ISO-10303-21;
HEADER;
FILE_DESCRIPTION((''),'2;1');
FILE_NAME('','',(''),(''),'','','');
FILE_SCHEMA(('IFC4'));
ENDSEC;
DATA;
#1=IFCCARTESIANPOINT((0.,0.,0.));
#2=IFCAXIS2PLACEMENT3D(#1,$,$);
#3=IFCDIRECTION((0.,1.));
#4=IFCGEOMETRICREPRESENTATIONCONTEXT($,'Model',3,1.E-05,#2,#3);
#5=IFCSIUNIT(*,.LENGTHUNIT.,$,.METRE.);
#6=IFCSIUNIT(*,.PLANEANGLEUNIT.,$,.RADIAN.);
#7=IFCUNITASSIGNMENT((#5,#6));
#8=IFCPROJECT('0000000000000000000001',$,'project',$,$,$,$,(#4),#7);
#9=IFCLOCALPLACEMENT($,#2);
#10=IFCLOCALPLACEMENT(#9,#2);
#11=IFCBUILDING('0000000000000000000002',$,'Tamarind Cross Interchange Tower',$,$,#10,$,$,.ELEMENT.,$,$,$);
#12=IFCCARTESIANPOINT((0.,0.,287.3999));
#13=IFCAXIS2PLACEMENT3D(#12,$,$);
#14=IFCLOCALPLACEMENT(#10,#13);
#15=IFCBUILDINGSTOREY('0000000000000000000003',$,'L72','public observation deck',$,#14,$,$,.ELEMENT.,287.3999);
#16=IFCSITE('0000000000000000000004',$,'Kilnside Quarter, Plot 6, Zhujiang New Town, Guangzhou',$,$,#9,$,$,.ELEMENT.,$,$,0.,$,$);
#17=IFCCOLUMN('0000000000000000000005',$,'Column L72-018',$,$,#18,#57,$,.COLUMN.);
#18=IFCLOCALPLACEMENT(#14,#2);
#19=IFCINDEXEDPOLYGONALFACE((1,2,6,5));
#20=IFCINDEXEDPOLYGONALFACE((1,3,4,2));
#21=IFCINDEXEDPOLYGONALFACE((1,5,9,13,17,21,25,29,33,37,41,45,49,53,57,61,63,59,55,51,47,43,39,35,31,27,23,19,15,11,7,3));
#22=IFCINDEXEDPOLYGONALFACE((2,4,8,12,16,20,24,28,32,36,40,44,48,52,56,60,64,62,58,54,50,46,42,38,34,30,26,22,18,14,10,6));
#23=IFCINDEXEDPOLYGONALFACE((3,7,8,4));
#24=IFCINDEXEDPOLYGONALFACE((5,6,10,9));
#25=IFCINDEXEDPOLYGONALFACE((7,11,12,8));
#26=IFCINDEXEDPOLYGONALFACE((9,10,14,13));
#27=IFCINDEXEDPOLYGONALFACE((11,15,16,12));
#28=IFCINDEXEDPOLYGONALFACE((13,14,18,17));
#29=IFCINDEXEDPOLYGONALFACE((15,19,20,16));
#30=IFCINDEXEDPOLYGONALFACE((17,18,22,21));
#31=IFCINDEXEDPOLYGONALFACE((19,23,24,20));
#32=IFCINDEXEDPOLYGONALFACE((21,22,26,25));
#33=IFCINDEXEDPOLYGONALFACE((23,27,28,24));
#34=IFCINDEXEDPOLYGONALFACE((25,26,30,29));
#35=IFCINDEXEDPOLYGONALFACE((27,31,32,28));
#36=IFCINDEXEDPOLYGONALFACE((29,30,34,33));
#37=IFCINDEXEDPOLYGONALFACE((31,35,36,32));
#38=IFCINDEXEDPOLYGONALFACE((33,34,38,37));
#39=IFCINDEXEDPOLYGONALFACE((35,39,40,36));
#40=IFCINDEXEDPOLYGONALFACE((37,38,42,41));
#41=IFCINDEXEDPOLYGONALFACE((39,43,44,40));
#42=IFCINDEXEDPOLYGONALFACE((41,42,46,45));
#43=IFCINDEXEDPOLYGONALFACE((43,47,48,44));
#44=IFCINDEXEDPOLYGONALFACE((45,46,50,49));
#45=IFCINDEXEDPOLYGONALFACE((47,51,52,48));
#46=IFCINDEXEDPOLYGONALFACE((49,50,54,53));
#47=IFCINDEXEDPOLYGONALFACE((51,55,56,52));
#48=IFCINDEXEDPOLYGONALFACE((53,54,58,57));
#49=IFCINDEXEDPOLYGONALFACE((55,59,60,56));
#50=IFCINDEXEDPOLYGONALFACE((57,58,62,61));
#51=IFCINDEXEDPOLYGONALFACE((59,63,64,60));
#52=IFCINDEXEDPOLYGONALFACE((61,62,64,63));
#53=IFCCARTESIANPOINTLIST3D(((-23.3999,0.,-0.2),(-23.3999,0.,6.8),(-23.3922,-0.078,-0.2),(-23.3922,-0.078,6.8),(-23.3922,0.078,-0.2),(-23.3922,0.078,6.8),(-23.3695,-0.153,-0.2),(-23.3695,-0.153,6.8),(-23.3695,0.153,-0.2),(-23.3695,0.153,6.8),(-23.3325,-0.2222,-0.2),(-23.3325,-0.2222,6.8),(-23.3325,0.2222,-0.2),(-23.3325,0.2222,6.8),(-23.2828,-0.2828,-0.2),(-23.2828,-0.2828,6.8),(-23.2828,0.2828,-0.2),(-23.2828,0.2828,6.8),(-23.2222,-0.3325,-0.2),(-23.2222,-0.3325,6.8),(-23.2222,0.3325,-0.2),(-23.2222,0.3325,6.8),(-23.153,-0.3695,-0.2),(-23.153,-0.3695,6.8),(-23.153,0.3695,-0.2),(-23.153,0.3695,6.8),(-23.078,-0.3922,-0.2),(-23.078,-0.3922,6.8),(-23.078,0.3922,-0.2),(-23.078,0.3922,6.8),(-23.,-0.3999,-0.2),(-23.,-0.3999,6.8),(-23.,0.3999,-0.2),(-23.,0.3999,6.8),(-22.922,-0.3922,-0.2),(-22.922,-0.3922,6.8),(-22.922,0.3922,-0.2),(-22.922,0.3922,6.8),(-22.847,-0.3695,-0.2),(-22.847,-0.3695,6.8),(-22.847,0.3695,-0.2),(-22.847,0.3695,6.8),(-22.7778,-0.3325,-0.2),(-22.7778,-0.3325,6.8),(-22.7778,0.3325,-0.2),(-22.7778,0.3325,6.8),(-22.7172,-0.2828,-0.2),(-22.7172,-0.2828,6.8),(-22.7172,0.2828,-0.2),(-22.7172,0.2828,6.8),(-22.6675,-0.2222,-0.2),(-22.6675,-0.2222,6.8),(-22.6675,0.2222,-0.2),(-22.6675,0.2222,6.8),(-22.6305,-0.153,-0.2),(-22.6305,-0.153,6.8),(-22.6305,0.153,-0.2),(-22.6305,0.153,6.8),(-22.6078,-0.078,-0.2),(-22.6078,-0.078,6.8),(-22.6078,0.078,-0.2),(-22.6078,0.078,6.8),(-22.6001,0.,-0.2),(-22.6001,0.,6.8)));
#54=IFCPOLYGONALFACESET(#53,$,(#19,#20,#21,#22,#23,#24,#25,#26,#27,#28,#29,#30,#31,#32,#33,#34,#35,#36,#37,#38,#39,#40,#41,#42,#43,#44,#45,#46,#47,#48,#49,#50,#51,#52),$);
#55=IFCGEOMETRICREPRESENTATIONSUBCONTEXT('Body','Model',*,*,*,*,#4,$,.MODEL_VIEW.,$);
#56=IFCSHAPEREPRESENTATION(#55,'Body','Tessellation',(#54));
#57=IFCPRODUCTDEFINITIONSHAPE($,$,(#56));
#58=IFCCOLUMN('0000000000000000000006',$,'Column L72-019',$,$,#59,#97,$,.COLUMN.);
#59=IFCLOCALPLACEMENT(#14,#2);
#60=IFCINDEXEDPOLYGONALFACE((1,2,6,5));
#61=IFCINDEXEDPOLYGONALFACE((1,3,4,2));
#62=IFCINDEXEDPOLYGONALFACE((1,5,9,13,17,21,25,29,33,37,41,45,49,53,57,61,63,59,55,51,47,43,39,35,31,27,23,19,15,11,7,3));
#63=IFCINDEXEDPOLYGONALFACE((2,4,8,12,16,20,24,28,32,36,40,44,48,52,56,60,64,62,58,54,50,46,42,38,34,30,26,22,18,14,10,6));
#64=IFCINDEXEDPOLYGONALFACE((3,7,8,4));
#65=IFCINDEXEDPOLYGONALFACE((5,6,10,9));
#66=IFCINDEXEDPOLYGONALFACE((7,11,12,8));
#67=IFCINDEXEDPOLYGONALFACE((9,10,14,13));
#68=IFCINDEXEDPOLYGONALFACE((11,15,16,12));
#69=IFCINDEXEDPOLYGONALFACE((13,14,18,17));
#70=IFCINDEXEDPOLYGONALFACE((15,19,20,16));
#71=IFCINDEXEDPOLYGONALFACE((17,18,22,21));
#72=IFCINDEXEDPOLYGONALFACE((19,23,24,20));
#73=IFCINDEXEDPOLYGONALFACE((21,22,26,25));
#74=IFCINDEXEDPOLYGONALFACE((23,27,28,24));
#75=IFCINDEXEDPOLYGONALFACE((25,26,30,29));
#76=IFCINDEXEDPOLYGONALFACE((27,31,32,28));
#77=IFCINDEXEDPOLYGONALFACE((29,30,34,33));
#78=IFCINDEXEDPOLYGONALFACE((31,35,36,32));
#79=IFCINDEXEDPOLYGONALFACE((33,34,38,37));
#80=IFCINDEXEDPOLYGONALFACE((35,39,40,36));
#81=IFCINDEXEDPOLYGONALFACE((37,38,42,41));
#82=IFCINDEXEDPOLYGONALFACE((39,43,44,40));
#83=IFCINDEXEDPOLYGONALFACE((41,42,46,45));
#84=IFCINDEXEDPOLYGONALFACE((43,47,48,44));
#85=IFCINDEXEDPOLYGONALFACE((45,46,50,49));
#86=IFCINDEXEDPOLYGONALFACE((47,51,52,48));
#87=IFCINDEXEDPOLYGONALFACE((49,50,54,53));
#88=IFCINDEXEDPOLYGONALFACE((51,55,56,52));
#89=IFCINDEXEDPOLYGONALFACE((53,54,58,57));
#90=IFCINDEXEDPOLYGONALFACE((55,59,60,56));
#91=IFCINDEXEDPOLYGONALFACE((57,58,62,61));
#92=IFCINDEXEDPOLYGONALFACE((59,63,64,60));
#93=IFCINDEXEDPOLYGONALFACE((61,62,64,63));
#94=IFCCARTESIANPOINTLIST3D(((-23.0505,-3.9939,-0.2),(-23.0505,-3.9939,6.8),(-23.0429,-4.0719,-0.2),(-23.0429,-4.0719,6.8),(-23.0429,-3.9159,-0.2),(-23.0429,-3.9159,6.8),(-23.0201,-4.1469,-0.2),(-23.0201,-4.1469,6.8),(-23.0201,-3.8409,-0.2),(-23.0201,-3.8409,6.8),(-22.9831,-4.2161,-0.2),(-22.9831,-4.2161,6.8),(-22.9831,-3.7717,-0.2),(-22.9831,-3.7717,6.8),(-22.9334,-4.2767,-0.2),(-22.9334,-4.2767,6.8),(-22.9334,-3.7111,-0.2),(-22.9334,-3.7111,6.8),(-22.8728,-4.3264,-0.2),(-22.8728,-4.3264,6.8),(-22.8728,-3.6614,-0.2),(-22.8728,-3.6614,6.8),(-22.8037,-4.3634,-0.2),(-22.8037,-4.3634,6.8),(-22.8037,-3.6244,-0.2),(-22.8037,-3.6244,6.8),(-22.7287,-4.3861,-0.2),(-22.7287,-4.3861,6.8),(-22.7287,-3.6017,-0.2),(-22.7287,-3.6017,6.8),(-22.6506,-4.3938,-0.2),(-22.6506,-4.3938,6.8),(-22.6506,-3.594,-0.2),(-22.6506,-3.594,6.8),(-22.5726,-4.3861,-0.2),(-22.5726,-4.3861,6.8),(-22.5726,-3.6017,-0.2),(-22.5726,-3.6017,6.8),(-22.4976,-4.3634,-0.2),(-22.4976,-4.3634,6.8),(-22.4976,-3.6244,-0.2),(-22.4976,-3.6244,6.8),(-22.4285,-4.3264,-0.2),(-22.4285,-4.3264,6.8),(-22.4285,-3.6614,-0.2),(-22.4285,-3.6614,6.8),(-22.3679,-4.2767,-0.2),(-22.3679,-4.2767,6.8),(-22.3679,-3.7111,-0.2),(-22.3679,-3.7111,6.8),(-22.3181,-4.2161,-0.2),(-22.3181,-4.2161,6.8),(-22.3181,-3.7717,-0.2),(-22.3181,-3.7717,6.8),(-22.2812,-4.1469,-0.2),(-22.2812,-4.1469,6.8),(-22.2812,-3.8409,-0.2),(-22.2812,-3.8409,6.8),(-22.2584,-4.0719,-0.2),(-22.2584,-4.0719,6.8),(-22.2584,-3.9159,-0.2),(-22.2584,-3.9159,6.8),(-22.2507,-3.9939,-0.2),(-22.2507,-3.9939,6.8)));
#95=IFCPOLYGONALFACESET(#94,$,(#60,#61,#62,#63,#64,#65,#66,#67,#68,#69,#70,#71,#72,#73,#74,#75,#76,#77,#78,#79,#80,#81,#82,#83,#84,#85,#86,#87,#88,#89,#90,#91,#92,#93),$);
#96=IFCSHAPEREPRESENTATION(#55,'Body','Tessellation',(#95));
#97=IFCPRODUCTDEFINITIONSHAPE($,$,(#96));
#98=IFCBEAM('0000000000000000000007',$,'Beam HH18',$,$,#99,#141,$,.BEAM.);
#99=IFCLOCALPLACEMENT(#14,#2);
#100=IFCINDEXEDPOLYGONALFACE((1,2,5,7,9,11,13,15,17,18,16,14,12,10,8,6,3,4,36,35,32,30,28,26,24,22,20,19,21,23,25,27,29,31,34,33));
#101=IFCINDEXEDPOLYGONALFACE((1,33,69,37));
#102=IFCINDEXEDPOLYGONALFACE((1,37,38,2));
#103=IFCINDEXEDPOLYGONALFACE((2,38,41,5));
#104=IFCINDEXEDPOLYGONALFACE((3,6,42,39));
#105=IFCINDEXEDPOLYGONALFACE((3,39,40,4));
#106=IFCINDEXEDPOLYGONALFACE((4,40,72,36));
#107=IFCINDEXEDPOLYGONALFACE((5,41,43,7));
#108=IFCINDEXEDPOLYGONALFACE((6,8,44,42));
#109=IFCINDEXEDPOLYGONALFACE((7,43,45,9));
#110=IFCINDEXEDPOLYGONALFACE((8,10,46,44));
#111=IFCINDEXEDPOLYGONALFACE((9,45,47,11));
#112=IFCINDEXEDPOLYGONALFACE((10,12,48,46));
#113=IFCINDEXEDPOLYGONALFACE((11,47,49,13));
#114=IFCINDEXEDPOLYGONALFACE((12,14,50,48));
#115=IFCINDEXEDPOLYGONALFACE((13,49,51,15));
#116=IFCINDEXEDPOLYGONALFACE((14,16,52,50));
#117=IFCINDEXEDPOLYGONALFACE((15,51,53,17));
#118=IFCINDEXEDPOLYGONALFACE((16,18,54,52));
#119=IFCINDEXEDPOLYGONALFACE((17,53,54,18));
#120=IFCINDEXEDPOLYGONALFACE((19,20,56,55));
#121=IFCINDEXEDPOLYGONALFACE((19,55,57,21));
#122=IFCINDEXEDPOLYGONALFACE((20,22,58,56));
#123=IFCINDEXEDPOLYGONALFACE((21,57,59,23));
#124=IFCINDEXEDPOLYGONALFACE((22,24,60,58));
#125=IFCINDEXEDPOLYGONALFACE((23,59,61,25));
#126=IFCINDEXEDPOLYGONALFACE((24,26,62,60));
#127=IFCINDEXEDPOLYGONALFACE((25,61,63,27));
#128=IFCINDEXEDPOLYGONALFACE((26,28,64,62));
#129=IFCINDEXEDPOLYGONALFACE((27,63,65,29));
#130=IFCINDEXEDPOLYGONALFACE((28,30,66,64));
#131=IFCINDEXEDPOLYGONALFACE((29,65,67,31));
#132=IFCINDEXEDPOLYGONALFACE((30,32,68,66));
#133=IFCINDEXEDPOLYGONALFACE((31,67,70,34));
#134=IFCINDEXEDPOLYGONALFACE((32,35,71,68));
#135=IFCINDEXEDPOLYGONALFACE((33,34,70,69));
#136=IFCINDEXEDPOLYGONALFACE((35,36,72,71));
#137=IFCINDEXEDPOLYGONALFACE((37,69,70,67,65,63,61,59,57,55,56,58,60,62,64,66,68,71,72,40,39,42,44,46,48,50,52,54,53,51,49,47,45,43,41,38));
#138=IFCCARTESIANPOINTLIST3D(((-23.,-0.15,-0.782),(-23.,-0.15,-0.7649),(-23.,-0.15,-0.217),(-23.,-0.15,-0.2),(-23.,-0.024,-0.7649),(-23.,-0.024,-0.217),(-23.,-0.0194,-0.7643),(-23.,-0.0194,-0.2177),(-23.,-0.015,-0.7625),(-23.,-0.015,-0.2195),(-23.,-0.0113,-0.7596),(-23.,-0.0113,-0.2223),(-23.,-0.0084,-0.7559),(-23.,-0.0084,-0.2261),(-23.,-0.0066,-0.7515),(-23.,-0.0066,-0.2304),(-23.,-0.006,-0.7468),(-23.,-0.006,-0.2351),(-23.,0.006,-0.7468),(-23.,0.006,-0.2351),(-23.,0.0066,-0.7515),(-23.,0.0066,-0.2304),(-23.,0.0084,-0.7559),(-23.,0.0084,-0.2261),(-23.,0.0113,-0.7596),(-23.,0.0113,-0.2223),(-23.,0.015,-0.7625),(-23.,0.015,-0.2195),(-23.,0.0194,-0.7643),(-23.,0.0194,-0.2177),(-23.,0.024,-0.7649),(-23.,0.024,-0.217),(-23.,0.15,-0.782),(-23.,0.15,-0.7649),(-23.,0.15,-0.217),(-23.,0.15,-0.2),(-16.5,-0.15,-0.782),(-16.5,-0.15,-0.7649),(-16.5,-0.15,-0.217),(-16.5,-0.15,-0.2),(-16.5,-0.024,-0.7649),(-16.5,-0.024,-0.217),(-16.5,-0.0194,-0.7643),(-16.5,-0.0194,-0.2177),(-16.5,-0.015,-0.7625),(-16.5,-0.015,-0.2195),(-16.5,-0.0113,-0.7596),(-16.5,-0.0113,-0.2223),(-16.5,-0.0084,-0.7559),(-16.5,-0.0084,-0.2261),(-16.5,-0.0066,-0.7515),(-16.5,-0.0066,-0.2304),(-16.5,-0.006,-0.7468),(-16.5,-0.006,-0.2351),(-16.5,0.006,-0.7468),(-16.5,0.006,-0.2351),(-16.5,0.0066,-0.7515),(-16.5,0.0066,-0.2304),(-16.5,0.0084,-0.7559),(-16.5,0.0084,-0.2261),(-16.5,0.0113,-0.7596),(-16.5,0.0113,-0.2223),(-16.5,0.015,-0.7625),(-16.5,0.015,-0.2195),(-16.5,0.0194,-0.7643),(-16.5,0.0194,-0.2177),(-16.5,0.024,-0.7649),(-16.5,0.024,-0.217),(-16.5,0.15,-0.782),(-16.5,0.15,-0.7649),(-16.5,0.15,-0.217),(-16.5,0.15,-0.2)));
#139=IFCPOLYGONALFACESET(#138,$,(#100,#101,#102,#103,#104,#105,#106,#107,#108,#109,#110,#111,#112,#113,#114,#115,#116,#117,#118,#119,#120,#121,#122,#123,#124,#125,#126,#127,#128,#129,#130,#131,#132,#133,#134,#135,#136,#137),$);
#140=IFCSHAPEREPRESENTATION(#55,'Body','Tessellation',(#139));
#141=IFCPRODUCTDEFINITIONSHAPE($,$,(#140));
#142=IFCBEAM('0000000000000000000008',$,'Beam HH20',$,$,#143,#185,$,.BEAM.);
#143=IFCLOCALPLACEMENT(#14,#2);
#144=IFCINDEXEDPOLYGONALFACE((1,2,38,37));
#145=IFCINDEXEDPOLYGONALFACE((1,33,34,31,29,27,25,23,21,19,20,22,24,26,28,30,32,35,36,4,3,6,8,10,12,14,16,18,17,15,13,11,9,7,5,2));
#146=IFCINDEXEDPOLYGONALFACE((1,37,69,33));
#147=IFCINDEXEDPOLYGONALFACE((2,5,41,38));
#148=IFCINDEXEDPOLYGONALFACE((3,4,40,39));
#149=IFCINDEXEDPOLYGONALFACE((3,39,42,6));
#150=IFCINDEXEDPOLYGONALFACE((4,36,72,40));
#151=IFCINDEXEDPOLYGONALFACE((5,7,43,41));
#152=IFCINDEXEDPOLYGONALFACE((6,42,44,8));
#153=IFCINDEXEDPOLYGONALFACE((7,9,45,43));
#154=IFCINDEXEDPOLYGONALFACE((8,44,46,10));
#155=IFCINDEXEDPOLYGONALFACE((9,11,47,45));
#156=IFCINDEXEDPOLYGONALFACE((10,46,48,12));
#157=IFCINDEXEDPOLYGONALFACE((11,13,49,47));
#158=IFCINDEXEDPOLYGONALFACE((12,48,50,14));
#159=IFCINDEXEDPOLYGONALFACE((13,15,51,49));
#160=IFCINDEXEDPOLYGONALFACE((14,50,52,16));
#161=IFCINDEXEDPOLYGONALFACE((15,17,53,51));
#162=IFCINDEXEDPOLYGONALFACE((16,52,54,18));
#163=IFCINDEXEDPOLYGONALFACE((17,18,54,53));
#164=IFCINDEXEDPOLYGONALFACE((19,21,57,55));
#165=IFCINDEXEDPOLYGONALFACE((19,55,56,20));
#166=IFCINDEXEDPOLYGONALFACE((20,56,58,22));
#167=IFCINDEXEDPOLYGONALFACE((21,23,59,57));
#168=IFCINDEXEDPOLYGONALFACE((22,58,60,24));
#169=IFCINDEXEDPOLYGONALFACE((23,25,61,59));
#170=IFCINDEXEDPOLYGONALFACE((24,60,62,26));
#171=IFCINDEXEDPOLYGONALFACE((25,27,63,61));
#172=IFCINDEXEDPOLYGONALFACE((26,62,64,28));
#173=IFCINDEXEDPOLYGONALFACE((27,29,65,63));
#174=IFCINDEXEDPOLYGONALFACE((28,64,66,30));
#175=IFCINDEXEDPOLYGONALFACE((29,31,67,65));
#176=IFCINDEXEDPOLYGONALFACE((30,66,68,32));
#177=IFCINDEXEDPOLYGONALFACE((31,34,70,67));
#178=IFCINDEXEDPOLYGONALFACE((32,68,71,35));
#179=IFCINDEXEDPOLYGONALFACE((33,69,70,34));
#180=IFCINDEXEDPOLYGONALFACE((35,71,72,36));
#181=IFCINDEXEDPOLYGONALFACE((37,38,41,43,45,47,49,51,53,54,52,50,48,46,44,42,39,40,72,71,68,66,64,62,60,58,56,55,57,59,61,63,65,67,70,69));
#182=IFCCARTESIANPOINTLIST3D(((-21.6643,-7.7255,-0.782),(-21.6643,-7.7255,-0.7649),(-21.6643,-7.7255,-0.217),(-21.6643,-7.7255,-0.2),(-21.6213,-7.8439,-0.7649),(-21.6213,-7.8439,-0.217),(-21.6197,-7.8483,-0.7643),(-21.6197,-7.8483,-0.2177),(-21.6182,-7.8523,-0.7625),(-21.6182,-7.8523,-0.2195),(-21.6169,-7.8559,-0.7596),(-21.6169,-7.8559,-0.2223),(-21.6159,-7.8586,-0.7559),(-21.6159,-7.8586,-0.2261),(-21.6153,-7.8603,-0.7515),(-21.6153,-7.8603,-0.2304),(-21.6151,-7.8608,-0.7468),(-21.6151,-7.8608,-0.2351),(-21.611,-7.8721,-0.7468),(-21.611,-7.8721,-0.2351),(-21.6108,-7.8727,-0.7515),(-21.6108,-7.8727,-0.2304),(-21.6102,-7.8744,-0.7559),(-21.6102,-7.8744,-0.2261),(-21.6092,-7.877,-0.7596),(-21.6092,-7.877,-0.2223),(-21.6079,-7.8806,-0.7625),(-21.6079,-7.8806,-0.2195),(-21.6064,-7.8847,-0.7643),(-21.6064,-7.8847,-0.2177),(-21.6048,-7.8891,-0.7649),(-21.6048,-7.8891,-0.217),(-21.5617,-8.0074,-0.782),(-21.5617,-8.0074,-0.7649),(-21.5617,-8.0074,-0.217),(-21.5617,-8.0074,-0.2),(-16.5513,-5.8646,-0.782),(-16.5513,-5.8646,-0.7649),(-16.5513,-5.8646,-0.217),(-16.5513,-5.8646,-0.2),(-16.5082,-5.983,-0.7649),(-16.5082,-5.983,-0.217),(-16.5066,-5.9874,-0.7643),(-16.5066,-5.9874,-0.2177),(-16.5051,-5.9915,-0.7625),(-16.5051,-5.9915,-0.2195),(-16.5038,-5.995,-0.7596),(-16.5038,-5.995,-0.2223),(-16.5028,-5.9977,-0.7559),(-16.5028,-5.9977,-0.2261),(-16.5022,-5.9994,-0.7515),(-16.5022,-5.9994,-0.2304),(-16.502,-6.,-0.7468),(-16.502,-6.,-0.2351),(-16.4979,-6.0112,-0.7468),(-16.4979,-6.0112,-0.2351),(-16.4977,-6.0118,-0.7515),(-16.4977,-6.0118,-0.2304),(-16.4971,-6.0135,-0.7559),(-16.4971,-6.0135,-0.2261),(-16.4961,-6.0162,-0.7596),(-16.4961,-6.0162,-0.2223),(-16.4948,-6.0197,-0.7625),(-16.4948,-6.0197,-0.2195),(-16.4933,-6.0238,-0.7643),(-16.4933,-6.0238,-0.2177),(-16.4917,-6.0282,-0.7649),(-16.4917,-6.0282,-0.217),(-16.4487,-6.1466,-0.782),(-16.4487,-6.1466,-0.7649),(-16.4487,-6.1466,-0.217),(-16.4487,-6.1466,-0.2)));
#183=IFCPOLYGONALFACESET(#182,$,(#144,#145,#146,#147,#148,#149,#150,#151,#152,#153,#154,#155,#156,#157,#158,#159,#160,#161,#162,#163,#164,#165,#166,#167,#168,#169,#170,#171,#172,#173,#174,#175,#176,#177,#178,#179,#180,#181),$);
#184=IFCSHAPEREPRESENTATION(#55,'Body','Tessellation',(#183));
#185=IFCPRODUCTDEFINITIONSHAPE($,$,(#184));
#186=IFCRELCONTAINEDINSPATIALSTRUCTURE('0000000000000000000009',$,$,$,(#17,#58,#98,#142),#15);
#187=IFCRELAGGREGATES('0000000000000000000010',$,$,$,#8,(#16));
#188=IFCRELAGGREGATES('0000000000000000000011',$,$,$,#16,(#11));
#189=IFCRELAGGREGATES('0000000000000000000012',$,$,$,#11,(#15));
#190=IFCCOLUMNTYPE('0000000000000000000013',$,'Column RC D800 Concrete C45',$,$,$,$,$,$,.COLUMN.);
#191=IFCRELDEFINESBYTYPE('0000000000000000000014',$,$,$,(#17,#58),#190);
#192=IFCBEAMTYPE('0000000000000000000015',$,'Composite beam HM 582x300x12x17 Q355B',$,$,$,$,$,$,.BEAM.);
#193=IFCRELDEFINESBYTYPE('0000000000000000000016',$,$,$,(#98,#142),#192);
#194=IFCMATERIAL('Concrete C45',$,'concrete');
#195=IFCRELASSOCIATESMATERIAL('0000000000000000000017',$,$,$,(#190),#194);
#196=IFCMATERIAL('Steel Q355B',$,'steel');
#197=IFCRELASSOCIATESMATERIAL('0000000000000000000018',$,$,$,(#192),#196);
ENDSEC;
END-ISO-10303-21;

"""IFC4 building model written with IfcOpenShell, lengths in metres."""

from ifc_helpers import new_model, si_unit, direction, frame, origin, origin_2d, place, context, subcontext, project, spatial, circle, i_section, extrude, material, material_profile, profile_set, type_object, element, save


model = new_model("IFC4")

# Units and contexts
model_context = context("Model", 3, precision=1e-05, world=origin(), true_north=direction((0.0, 1.0)))
body_context = subcontext(model_context, "Body", "Model", "MODEL_VIEW")
ifc_project = project(units=[si_unit("LENGTHUNIT", "METRE"), si_unit("PLANEANGLEUNIT", "RADIAN")], contexts=[model_context])

# Site, building, storey
site_placement = place(None, origin())
site = spatial("IfcSite", under=ifc_project, at=site_placement, Name="Kilnside Quarter, Plot 6, Zhujiang New Town, Guangzhou", CompositionType="ELEMENT", RefElevation=0.0)
building_placement = place(site_placement, origin())
building = spatial("IfcBuilding", under=site, at=building_placement, Name="Tamarind Cross Interchange Tower", CompositionType="ELEMENT")
storey_placement = place(building_placement, frame((0.0, 0.0, 287.3999)))
storey = spatial("IfcBuildingStorey", under=building, at=storey_placement, Name="L72", Description="public observation deck", CompositionType="ELEMENT", Elevation=287.3999)

# Columns
ifc_material_1 = material(Name="Concrete C45", Category="concrete")
ifc_material_profile_1 = material_profile(ifc_material_1, circle(Radius=0.3999, at=origin_2d()), Name="RC D800")
ifc_profile_set_1 = profile_set([ifc_material_profile_1], Name="Concrete C45")
column_type = type_object("IfcColumnType", Name="Column RC D800 Concrete C45", PredefinedType="COLUMN", material=ifc_profile_set_1)
for number, where, z_axis, x_axis, name in (
    (1, (-23.0, 0.0, -0.2), (0.0, 0.0, 1.0), (1.0, 0.0, 0.0), "Column L72-018"),
    (2, (-22.6506, -3.9939, -0.2), (0.0, 0.0, 1.0), (1.0, 0.0, 0.0), "Column L72-019"),
):
    element("IfcColumn", number, at=place(storey_placement, frame(where, z_axis=z_axis, x_axis=x_axis)), inside=storey, type_object=column_type, Name=name, PredefinedType="COLUMN", context=body_context, shape_type="SweptSolid", body=[
        extrude(circle(Radius=0.3999, at=origin_2d()), origin(), (0.0, 0.0, 1.0), 7.0),
    ])

# Beams
ifc_material_2 = material(Name="Steel Q355B", Category="steel")
ifc_material_profile_2 = material_profile(ifc_material_2, i_section(OverallWidth=0.3, OverallDepth=0.582, WebThickness=0.012, FlangeThickness=0.0171, FilletRadius=0.0181, at=origin_2d()), Name="HM 582x300x12x17")
ifc_profile_set_2 = profile_set([ifc_material_profile_2], Name="Steel Q355B")
beam_type_1 = type_object("IfcBeamType", Name="Composite beam HM 582x300x12x17 Q355B", PredefinedType="BEAM", material=ifc_profile_set_2)
beam_1_placement = place(storey_placement, frame((-23.0, 0.0, -0.491), z_axis=(1.0, 0.0, 0.0), x_axis=(0.0, 1.0, 0.0)))
element("IfcBeam", 3, at=beam_1_placement, inside=storey, type_object=beam_type_1, Name="Beam HH18", PredefinedType="BEAM", context=body_context, shape_type="SweptSolid", body=[
    extrude(i_section(OverallWidth=0.3, OverallDepth=0.582, WebThickness=0.012, FlangeThickness=0.0171, FilletRadius=0.0181, at=origin_2d()), origin(), (0.0, 0.0, 1.0), 6.5),
])
beam_2_placement = place(storey_placement, frame((-21.613, -7.8665, -0.491), z_axis=(0.939702, 0.341995, 0.0), x_axis=(-0.341995, 0.939702, 0.0)))
element("IfcBeam", 4, at=beam_2_placement, inside=storey, type_object=beam_type_1, Name="Beam HH20", PredefinedType="BEAM", context=body_context, shape_type="SweptSolid", body=[
    extrude(i_section(OverallWidth=0.3, OverallDepth=0.582, WebThickness=0.012, FlangeThickness=0.0171, FilletRadius=0.0181, at=origin_2d()), origin(), (0.0, 0.0, 1.0), 5.4412),
])

save(model, "model.ifc")
